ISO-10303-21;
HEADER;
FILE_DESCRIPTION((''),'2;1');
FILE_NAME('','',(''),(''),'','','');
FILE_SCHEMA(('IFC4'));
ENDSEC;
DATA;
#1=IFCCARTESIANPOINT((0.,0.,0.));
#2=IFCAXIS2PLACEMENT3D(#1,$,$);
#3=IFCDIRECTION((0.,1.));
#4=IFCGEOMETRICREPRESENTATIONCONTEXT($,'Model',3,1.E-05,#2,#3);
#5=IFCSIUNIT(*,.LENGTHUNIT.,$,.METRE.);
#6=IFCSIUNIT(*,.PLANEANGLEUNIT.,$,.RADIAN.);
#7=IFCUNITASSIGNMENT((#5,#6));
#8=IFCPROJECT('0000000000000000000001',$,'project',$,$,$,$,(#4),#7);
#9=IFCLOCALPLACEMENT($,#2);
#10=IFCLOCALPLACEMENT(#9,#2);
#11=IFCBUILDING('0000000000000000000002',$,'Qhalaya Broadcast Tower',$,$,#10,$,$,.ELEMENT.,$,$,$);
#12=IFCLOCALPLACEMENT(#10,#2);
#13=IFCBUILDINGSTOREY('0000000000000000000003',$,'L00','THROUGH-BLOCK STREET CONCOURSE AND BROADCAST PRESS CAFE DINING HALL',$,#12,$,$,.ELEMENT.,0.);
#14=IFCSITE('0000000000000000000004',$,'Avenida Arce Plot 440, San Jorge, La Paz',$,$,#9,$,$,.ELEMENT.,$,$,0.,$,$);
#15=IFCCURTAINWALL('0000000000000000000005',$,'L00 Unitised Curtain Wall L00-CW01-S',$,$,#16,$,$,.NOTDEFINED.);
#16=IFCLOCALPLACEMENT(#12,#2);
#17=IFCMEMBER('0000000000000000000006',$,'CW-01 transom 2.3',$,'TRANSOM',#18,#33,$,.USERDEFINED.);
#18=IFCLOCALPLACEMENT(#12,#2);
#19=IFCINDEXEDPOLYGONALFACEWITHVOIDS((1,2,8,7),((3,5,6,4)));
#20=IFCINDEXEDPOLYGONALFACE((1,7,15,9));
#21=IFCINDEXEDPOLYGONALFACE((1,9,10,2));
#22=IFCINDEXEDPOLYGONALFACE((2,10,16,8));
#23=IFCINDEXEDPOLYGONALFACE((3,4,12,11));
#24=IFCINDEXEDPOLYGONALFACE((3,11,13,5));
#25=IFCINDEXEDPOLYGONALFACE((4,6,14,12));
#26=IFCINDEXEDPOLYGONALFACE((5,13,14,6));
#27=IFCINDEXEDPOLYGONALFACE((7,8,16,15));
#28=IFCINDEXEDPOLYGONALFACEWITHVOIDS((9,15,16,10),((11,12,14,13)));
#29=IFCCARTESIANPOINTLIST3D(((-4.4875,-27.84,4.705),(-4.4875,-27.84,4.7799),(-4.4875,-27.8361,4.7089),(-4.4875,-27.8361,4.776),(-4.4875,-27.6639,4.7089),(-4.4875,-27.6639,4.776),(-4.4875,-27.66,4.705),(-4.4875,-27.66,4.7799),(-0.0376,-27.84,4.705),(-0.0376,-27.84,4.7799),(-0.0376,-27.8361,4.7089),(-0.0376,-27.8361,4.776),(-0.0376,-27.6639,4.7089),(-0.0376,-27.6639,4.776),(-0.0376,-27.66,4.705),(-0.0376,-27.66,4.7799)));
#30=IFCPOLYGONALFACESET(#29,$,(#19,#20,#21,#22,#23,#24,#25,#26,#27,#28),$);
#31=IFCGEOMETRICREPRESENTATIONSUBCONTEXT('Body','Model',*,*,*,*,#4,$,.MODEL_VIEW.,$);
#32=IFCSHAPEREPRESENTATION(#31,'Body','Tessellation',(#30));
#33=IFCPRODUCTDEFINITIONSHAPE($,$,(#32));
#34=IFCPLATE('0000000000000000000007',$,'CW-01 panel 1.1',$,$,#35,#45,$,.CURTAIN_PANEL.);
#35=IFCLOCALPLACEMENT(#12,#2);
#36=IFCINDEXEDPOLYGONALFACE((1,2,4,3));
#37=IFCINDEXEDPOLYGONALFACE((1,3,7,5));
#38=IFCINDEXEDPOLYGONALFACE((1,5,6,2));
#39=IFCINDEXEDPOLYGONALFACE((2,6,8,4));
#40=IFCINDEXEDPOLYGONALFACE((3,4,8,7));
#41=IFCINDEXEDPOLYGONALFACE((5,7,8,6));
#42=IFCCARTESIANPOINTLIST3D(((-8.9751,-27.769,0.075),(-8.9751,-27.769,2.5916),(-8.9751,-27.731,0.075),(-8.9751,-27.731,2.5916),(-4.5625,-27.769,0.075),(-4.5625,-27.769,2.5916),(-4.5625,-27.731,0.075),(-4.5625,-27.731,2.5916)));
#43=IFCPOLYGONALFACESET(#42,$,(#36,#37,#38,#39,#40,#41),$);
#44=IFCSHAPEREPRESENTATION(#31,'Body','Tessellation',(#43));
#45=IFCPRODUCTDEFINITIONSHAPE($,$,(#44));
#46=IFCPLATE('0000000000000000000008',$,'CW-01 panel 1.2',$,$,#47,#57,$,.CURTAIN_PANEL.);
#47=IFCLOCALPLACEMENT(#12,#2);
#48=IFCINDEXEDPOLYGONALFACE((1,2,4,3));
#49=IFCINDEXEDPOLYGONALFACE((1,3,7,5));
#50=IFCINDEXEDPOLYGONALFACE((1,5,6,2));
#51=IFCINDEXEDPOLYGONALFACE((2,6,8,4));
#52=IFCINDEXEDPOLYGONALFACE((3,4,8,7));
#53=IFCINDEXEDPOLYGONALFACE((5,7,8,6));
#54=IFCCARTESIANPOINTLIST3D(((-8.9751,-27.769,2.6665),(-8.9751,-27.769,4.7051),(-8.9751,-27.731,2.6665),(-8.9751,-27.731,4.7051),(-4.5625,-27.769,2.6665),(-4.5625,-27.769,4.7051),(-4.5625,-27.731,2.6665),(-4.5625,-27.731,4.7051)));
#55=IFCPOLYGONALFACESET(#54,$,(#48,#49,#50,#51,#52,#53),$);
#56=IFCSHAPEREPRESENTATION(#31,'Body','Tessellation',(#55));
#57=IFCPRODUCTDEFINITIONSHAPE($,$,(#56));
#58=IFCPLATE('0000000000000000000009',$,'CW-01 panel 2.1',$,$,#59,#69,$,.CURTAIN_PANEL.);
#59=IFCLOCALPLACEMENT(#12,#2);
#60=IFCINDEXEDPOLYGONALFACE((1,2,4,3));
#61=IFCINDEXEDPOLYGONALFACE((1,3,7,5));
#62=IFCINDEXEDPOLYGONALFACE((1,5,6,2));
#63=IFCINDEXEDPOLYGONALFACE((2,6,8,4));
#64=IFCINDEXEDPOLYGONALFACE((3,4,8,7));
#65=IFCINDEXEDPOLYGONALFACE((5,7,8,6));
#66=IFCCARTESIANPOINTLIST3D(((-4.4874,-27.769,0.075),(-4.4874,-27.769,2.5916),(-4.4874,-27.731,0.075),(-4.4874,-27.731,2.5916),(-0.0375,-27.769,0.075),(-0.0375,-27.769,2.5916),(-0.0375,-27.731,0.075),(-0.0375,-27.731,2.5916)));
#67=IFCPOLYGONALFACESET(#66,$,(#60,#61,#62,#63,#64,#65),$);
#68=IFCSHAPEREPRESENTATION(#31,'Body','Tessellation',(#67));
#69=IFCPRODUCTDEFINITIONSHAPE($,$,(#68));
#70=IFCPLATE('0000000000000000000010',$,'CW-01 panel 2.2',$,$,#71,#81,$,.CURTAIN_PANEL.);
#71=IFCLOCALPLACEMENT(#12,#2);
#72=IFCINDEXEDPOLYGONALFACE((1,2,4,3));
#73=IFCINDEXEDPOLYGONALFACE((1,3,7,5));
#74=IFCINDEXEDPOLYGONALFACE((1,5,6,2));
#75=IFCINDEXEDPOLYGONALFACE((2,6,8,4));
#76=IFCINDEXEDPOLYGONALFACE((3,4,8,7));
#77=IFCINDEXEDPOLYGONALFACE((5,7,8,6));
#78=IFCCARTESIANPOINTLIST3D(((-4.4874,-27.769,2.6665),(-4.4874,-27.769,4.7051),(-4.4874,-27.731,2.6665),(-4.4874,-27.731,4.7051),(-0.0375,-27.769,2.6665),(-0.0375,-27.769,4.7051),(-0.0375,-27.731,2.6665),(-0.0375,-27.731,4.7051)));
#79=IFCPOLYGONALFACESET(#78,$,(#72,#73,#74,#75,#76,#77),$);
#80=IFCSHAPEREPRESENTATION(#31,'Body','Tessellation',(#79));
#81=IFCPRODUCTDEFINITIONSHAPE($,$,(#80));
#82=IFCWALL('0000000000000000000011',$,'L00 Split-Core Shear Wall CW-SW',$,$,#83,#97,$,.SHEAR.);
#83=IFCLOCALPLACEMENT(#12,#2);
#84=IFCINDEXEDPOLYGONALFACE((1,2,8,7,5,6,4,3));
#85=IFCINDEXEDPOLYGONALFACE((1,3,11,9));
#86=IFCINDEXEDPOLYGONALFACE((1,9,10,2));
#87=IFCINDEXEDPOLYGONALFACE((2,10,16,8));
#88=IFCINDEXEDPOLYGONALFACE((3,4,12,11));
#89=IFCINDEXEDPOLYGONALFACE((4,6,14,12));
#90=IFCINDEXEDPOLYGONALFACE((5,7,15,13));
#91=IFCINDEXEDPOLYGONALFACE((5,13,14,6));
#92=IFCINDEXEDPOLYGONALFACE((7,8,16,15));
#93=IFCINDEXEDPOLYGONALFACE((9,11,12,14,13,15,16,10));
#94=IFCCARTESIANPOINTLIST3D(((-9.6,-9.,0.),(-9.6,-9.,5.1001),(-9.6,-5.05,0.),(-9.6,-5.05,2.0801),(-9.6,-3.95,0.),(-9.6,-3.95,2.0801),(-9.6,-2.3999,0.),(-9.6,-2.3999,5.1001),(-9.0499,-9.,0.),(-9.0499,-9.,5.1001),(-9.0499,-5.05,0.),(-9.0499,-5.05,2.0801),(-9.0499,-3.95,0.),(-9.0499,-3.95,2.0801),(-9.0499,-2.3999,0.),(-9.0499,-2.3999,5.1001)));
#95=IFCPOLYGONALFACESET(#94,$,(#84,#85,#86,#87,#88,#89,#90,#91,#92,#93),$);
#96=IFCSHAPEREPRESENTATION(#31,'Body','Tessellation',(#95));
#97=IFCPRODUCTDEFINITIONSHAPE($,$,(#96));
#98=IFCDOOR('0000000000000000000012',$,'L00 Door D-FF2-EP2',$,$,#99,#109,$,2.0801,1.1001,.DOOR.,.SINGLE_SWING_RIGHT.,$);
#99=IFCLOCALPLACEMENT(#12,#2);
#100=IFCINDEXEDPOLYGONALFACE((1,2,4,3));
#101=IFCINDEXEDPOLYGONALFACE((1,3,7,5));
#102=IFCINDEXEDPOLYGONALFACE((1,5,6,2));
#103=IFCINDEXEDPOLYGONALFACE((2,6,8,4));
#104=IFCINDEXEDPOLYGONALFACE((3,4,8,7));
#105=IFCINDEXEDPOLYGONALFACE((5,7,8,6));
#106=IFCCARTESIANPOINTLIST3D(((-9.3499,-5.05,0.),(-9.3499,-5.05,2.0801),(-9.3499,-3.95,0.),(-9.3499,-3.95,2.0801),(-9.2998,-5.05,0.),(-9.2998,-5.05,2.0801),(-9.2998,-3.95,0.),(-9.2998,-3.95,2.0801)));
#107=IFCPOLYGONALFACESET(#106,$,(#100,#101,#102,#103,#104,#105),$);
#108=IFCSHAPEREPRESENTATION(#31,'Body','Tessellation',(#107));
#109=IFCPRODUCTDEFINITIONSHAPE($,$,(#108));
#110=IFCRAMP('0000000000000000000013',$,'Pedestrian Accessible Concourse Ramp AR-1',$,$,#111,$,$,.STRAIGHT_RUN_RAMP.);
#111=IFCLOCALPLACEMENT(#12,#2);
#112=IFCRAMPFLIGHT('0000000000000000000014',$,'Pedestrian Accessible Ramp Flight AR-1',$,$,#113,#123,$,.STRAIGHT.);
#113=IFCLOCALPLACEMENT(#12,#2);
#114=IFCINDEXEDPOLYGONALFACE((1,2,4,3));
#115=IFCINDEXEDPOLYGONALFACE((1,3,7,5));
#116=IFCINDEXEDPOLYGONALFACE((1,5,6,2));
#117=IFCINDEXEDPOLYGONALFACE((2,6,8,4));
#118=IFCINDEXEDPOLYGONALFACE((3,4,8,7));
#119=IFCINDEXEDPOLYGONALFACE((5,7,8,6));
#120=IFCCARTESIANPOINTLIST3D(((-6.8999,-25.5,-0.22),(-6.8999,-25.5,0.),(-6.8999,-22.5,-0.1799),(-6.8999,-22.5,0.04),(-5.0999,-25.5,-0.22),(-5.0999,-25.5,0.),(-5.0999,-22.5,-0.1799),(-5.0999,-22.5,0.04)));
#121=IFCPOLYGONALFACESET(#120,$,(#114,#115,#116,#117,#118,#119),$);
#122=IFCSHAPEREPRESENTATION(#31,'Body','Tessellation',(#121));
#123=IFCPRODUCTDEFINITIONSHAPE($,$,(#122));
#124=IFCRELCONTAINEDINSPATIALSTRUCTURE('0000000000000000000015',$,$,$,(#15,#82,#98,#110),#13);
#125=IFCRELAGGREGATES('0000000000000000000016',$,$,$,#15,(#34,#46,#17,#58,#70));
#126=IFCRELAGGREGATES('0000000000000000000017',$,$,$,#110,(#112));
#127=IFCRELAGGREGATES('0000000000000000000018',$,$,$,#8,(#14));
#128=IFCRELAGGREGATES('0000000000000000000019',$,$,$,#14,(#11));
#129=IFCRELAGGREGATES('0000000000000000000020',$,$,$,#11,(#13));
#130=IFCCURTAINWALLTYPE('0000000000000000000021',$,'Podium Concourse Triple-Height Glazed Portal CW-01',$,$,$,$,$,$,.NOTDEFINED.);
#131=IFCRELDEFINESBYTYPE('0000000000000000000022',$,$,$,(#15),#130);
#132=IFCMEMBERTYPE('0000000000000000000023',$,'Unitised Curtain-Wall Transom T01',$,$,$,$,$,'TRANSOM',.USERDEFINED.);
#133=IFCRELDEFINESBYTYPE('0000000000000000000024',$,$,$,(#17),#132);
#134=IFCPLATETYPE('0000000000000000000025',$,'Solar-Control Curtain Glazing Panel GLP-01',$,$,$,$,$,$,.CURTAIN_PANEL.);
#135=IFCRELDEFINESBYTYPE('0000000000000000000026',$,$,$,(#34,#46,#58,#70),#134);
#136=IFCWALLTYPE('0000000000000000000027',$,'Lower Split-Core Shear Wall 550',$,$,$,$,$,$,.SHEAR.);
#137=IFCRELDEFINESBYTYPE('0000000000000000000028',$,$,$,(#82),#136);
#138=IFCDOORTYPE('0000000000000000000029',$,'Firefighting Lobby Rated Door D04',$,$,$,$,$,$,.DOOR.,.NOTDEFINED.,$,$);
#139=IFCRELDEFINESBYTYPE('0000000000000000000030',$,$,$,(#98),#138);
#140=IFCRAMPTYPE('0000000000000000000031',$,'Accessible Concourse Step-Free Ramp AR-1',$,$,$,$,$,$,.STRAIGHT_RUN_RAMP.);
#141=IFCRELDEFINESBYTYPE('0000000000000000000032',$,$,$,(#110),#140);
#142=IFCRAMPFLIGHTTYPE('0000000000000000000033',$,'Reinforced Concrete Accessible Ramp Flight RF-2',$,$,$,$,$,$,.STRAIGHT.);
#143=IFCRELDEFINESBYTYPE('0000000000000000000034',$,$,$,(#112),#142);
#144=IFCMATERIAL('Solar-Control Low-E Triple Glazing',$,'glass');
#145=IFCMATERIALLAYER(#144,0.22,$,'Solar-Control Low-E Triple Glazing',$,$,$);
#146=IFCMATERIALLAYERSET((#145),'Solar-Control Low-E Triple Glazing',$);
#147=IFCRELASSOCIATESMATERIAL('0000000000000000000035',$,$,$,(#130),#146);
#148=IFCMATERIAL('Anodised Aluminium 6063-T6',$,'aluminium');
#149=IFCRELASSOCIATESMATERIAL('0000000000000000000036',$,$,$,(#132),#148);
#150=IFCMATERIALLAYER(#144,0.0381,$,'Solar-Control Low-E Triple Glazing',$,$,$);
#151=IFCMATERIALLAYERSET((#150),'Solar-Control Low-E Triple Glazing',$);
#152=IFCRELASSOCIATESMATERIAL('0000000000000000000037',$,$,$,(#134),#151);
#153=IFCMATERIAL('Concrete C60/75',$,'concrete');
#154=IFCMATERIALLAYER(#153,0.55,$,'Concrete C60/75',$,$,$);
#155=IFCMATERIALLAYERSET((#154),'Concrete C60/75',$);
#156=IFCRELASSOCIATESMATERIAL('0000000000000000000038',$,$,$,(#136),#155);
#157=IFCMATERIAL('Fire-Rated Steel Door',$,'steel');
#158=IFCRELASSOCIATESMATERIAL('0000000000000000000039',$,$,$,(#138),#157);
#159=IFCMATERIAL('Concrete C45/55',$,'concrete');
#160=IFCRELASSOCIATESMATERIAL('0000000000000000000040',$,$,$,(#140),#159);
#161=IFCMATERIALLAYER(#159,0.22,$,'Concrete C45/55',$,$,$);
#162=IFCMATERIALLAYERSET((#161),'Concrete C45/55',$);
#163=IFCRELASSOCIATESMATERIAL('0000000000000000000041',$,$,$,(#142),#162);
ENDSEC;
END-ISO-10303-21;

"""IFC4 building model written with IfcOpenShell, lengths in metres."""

from ifc_helpers import new_model, si_unit, direction, frame, frame_2d, origin, origin_2d, place, context, subcontext, project, spatial, polyline, rectangle, hollow_rectangle, outline, extrude, material, layer, layer_set, material_profile, profile_set, type_object, element, fill, aggregate, save


model = new_model("IFC4")

# Units and contexts
model_context = context("Model", 3, precision=1e-05, world=origin(), true_north=direction((0.0, 1.0)))
body_context = subcontext(model_context, "Body", "Model", "MODEL_VIEW")
ifc_project = project(units=[si_unit("LENGTHUNIT", "METRE"), si_unit("PLANEANGLEUNIT", "RADIAN")], contexts=[model_context])

# Site, building, storey
site_placement = place(None, origin())
site = spatial("IfcSite", under=ifc_project, at=site_placement, Name="Avenida Arce Plot 440, San Jorge, La Paz", CompositionType="ELEMENT", RefElevation=0.0)
building_placement = place(site_placement, origin())
building = spatial("IfcBuilding", under=site, at=building_placement, Name="Qhalaya Broadcast Tower", CompositionType="ELEMENT")
storey_placement = place(building_placement, origin())
storey = spatial("IfcBuildingStorey", under=building, at=storey_placement, Name="L00", Description="THROUGH-BLOCK STREET CONCOURSE AND BROADCAST PRESS CAFE DINING HALL", CompositionType="ELEMENT", Elevation=0.0)

# Curtain wall, member, plates
ifc_material_1 = material(Name="Solar-Control Low-E Triple Glazing", Category="glass")
ifc_layer_1 = layer(ifc_material_1, 0.22, Name="Solar-Control Low-E Triple Glazing")
ifc_layer_set_1 = layer_set([ifc_layer_1], Name="Solar-Control Low-E Triple Glazing")
curtain_wall_type = type_object("IfcCurtainWallType", Name="Podium Concourse Triple-Height Glazed Portal CW-01", PredefinedType="NOTDEFINED", material=ifc_layer_set_1)
curtain_wall_placement = place(storey_placement, origin())
curtain_wall = element("IfcCurtainWall", 1, at=curtain_wall_placement, inside=storey, type_object=curtain_wall_type, Name="L00 Unitised Curtain Wall L00-CW01-S", PredefinedType="NOTDEFINED")
ifc_material_2 = material(Name="Anodised Aluminium 6063-T6", Category="aluminium")
ifc_material_profile_1 = material_profile(ifc_material_2, hollow_rectangle(XDim=0.075, YDim=0.1799, WallThickness=0.0039, at=origin_2d()), Name="ALU-TRN 75x180x4")
ifc_profile_set_1 = profile_set([ifc_material_profile_1], Name="Anodised Aluminium 6063-T6")
member_type_1 = type_object("IfcMemberType", Name="Unitised Curtain-Wall Transom T01", ElementType="TRANSOM", PredefinedType="USERDEFINED", material=ifc_profile_set_1)
member_1_placement = place(storey_placement, frame((-4.4875, -27.75, 4.7424), z_axis=(1.0, 0.0, 0.0), x_axis=(0.0, 0.0, 1.0)))
member_1 = element("IfcMember", 2, at=member_1_placement, type_object=member_type_1, Name="CW-01 transom 2.3", ObjectType="TRANSOM", PredefinedType="USERDEFINED", context=body_context, shape_type="SweptSolid", body=[
    extrude(hollow_rectangle(XDim=0.075, YDim=0.1799, WallThickness=0.0039, at=origin_2d()), origin(), (0.0, 0.0, 1.0), 4.45),
])
ifc_layer_2 = layer(ifc_material_1, 0.0381, Name="Solar-Control Low-E Triple Glazing")
ifc_layer_set_2 = layer_set([ifc_layer_2], Name="Solar-Control Low-E Triple Glazing")
plate_type = type_object("IfcPlateType", Name="Solar-Control Curtain Glazing Panel GLP-01", PredefinedType="CURTAIN_PANEL", material=ifc_layer_set_2)
plate_1_placement = place(storey_placement, frame((-6.7688, -27.75, 0.075), z_axis=(0.0, 0.0, 1.0), x_axis=(1.0, 0.0, 0.0)))
plate_1 = element("IfcPlate", 3, at=plate_1_placement, type_object=plate_type, Name="CW-01 panel 1.1", PredefinedType="CURTAIN_PANEL", context=body_context, shape_type="SweptSolid", body=[
    extrude(rectangle(XDim=4.4126, YDim=0.0381, at=origin_2d()), origin(), (0.0, 0.0, 1.0), 2.5166),
])
plate_2_placement = place(storey_placement, frame((-6.7688, -27.75, 2.6665), z_axis=(0.0, 0.0, 1.0), x_axis=(1.0, 0.0, 0.0)))
plate_2 = element("IfcPlate", 4, at=plate_2_placement, type_object=plate_type, Name="CW-01 panel 1.2", PredefinedType="CURTAIN_PANEL", context=body_context, shape_type="SweptSolid", body=[
    extrude(rectangle(XDim=4.4126, YDim=0.0381, at=origin_2d()), origin(), (0.0, 0.0, 1.0), 2.0386),
])
plate_3_placement = place(storey_placement, frame((-2.2625, -27.75, 0.075), z_axis=(0.0, 0.0, 1.0), x_axis=(1.0, 0.0, 0.0)))
plate_3 = element("IfcPlate", 5, at=plate_3_placement, type_object=plate_type, Name="CW-01 panel 2.1", PredefinedType="CURTAIN_PANEL", context=body_context, shape_type="SweptSolid", body=[
    extrude(rectangle(XDim=4.45, YDim=0.0381, at=origin_2d()), origin(), (0.0, 0.0, 1.0), 2.5166),
])
plate_4_placement = place(storey_placement, frame((-2.2625, -27.75, 2.6665), z_axis=(0.0, 0.0, 1.0), x_axis=(1.0, 0.0, 0.0)))
plate_4 = element("IfcPlate", 6, at=plate_4_placement, type_object=plate_type, Name="CW-01 panel 2.2", PredefinedType="CURTAIN_PANEL", context=body_context, shape_type="SweptSolid", body=[
    extrude(rectangle(XDim=4.45, YDim=0.0381, at=origin_2d()), origin(), (0.0, 0.0, 1.0), 2.0386),
])
aggregate(curtain_wall, [plate_1, plate_2, member_1, plate_3, plate_4])

# Wall, opening, door
ifc_material_3 = material(Name="Concrete C60/75", Category="concrete")
ifc_layer_3 = layer(ifc_material_3, 0.55, Name="Concrete C60/75")
ifc_layer_set_3 = layer_set([ifc_layer_3], Name="Concrete C60/75")
wall_type = type_object("IfcWallType", Name="Lower Split-Core Shear Wall 550", PredefinedType="SHEAR", material=ifc_layer_set_3)
wall_placement = place(storey_placement, frame((-9.325, -9.0, 0.0), z_axis=(0.0, 0.0, 1.0), x_axis=(0.0, 1.0, 0.0)))
wall = element("IfcWall", 7, at=wall_placement, inside=storey, type_object=wall_type, Name="L00 Split-Core Shear Wall CW-SW", PredefinedType="SHEAR", context=body_context, shape_type="SweptSolid", body=[
    extrude(rectangle(XDim=6.6001, YDim=0.55, at=frame_2d((3.3, 0.0))), origin(), (0.0, 0.0, 1.0), 5.1001),
])
opening_placement = place(wall_placement, frame((3.95, 0.0, 0.0)))
opening = element("IfcOpeningElement", 8, at=opening_placement, cuts=wall, PredefinedType="OPENING", context=body_context, shape_type="SweptSolid", body=[
    extrude(rectangle(XDim=1.1001, YDim=2.0801, at=frame_2d((0.55, 1.04))), frame((0.0, 0.2871, 0.0), z_axis=(0.0, -1.0, 0.0), x_axis=(1.0, 0.0, 0.0)), (0.0, 0.0, 1.0), 0.574),
])
ifc_material_4 = material(Name="Fire-Rated Steel Door", Category="steel")
door_type = type_object("IfcDoorType", Name="Firefighting Lobby Rated Door D04", OperationType="NOTDEFINED", PredefinedType="DOOR", material=ifc_material_4)
door_placement = place(opening_placement, origin())
door = element("IfcDoor", 9, at=door_placement, inside=storey, type_object=door_type, Name="L00 Door D-FF2-EP2", OperationType="SINGLE_SWING_RIGHT", OverallHeight=2.0801, OverallWidth=1.1001, PredefinedType="DOOR", context=body_context, shape_type="SweptSolid", body=[
    extrude(rectangle(XDim=1.1001, YDim=2.0801, at=frame_2d((0.55, 1.04))), frame((0.0, 0.0249, 0.0), z_axis=(0.0, -1.0, 0.0), x_axis=(1.0, 0.0, 0.0)), (0.0, 0.0, 1.0), 0.05),
])
fill(opening, door)

# Ramp, ramp flight
ifc_material_5 = material(Name="Concrete C45/55", Category="concrete")
ramp_type = type_object("IfcRampType", Name="Accessible Concourse Step-Free Ramp AR-1", PredefinedType="STRAIGHT_RUN_RAMP", material=ifc_material_5)
ramp_placement = place(storey_placement, origin())
ramp = element("IfcRamp", 10, at=ramp_placement, inside=storey, type_object=ramp_type, Name="Pedestrian Accessible Concourse Ramp AR-1", PredefinedType="STRAIGHT_RUN_RAMP")
ifc_layer_4 = layer(ifc_material_5, 0.22, Name="Concrete C45/55")
ifc_layer_set_4 = layer_set([ifc_layer_4], Name="Concrete C45/55")
ramp_flight_type = type_object("IfcRampFlightType", Name="Reinforced Concrete Accessible Ramp Flight RF-2", PredefinedType="STRAIGHT", material=ifc_layer_set_4)
ramp_flight_placement = place(storey_placement, frame((-6.0, -25.5, 0.0), z_axis=(0.0, 0.0, 1.0), x_axis=(0.0, 1.0, 0.0)))
ramp_flight = element("IfcRampFlight", 11, at=ramp_flight_placement, type_object=ramp_flight_type, Name="Pedestrian Accessible Ramp Flight AR-1", PredefinedType="STRAIGHT", context=body_context, shape_type="SweptSolid", body=[
    extrude(outline(polyline([(0.0, 0.0), (3.0, 0.04), (3.0, -0.1799), (0.0, -0.22), (0.0, 0.0)])), frame((0.0, 0.8999, 0.0), z_axis=(0.0, -1.0, 0.0), x_axis=(1.0, 0.0, 0.0)), (0.0, 0.0, 1.0), 1.8),
])
aggregate(ramp, [ramp_flight])

save(model, "model.ifc")
